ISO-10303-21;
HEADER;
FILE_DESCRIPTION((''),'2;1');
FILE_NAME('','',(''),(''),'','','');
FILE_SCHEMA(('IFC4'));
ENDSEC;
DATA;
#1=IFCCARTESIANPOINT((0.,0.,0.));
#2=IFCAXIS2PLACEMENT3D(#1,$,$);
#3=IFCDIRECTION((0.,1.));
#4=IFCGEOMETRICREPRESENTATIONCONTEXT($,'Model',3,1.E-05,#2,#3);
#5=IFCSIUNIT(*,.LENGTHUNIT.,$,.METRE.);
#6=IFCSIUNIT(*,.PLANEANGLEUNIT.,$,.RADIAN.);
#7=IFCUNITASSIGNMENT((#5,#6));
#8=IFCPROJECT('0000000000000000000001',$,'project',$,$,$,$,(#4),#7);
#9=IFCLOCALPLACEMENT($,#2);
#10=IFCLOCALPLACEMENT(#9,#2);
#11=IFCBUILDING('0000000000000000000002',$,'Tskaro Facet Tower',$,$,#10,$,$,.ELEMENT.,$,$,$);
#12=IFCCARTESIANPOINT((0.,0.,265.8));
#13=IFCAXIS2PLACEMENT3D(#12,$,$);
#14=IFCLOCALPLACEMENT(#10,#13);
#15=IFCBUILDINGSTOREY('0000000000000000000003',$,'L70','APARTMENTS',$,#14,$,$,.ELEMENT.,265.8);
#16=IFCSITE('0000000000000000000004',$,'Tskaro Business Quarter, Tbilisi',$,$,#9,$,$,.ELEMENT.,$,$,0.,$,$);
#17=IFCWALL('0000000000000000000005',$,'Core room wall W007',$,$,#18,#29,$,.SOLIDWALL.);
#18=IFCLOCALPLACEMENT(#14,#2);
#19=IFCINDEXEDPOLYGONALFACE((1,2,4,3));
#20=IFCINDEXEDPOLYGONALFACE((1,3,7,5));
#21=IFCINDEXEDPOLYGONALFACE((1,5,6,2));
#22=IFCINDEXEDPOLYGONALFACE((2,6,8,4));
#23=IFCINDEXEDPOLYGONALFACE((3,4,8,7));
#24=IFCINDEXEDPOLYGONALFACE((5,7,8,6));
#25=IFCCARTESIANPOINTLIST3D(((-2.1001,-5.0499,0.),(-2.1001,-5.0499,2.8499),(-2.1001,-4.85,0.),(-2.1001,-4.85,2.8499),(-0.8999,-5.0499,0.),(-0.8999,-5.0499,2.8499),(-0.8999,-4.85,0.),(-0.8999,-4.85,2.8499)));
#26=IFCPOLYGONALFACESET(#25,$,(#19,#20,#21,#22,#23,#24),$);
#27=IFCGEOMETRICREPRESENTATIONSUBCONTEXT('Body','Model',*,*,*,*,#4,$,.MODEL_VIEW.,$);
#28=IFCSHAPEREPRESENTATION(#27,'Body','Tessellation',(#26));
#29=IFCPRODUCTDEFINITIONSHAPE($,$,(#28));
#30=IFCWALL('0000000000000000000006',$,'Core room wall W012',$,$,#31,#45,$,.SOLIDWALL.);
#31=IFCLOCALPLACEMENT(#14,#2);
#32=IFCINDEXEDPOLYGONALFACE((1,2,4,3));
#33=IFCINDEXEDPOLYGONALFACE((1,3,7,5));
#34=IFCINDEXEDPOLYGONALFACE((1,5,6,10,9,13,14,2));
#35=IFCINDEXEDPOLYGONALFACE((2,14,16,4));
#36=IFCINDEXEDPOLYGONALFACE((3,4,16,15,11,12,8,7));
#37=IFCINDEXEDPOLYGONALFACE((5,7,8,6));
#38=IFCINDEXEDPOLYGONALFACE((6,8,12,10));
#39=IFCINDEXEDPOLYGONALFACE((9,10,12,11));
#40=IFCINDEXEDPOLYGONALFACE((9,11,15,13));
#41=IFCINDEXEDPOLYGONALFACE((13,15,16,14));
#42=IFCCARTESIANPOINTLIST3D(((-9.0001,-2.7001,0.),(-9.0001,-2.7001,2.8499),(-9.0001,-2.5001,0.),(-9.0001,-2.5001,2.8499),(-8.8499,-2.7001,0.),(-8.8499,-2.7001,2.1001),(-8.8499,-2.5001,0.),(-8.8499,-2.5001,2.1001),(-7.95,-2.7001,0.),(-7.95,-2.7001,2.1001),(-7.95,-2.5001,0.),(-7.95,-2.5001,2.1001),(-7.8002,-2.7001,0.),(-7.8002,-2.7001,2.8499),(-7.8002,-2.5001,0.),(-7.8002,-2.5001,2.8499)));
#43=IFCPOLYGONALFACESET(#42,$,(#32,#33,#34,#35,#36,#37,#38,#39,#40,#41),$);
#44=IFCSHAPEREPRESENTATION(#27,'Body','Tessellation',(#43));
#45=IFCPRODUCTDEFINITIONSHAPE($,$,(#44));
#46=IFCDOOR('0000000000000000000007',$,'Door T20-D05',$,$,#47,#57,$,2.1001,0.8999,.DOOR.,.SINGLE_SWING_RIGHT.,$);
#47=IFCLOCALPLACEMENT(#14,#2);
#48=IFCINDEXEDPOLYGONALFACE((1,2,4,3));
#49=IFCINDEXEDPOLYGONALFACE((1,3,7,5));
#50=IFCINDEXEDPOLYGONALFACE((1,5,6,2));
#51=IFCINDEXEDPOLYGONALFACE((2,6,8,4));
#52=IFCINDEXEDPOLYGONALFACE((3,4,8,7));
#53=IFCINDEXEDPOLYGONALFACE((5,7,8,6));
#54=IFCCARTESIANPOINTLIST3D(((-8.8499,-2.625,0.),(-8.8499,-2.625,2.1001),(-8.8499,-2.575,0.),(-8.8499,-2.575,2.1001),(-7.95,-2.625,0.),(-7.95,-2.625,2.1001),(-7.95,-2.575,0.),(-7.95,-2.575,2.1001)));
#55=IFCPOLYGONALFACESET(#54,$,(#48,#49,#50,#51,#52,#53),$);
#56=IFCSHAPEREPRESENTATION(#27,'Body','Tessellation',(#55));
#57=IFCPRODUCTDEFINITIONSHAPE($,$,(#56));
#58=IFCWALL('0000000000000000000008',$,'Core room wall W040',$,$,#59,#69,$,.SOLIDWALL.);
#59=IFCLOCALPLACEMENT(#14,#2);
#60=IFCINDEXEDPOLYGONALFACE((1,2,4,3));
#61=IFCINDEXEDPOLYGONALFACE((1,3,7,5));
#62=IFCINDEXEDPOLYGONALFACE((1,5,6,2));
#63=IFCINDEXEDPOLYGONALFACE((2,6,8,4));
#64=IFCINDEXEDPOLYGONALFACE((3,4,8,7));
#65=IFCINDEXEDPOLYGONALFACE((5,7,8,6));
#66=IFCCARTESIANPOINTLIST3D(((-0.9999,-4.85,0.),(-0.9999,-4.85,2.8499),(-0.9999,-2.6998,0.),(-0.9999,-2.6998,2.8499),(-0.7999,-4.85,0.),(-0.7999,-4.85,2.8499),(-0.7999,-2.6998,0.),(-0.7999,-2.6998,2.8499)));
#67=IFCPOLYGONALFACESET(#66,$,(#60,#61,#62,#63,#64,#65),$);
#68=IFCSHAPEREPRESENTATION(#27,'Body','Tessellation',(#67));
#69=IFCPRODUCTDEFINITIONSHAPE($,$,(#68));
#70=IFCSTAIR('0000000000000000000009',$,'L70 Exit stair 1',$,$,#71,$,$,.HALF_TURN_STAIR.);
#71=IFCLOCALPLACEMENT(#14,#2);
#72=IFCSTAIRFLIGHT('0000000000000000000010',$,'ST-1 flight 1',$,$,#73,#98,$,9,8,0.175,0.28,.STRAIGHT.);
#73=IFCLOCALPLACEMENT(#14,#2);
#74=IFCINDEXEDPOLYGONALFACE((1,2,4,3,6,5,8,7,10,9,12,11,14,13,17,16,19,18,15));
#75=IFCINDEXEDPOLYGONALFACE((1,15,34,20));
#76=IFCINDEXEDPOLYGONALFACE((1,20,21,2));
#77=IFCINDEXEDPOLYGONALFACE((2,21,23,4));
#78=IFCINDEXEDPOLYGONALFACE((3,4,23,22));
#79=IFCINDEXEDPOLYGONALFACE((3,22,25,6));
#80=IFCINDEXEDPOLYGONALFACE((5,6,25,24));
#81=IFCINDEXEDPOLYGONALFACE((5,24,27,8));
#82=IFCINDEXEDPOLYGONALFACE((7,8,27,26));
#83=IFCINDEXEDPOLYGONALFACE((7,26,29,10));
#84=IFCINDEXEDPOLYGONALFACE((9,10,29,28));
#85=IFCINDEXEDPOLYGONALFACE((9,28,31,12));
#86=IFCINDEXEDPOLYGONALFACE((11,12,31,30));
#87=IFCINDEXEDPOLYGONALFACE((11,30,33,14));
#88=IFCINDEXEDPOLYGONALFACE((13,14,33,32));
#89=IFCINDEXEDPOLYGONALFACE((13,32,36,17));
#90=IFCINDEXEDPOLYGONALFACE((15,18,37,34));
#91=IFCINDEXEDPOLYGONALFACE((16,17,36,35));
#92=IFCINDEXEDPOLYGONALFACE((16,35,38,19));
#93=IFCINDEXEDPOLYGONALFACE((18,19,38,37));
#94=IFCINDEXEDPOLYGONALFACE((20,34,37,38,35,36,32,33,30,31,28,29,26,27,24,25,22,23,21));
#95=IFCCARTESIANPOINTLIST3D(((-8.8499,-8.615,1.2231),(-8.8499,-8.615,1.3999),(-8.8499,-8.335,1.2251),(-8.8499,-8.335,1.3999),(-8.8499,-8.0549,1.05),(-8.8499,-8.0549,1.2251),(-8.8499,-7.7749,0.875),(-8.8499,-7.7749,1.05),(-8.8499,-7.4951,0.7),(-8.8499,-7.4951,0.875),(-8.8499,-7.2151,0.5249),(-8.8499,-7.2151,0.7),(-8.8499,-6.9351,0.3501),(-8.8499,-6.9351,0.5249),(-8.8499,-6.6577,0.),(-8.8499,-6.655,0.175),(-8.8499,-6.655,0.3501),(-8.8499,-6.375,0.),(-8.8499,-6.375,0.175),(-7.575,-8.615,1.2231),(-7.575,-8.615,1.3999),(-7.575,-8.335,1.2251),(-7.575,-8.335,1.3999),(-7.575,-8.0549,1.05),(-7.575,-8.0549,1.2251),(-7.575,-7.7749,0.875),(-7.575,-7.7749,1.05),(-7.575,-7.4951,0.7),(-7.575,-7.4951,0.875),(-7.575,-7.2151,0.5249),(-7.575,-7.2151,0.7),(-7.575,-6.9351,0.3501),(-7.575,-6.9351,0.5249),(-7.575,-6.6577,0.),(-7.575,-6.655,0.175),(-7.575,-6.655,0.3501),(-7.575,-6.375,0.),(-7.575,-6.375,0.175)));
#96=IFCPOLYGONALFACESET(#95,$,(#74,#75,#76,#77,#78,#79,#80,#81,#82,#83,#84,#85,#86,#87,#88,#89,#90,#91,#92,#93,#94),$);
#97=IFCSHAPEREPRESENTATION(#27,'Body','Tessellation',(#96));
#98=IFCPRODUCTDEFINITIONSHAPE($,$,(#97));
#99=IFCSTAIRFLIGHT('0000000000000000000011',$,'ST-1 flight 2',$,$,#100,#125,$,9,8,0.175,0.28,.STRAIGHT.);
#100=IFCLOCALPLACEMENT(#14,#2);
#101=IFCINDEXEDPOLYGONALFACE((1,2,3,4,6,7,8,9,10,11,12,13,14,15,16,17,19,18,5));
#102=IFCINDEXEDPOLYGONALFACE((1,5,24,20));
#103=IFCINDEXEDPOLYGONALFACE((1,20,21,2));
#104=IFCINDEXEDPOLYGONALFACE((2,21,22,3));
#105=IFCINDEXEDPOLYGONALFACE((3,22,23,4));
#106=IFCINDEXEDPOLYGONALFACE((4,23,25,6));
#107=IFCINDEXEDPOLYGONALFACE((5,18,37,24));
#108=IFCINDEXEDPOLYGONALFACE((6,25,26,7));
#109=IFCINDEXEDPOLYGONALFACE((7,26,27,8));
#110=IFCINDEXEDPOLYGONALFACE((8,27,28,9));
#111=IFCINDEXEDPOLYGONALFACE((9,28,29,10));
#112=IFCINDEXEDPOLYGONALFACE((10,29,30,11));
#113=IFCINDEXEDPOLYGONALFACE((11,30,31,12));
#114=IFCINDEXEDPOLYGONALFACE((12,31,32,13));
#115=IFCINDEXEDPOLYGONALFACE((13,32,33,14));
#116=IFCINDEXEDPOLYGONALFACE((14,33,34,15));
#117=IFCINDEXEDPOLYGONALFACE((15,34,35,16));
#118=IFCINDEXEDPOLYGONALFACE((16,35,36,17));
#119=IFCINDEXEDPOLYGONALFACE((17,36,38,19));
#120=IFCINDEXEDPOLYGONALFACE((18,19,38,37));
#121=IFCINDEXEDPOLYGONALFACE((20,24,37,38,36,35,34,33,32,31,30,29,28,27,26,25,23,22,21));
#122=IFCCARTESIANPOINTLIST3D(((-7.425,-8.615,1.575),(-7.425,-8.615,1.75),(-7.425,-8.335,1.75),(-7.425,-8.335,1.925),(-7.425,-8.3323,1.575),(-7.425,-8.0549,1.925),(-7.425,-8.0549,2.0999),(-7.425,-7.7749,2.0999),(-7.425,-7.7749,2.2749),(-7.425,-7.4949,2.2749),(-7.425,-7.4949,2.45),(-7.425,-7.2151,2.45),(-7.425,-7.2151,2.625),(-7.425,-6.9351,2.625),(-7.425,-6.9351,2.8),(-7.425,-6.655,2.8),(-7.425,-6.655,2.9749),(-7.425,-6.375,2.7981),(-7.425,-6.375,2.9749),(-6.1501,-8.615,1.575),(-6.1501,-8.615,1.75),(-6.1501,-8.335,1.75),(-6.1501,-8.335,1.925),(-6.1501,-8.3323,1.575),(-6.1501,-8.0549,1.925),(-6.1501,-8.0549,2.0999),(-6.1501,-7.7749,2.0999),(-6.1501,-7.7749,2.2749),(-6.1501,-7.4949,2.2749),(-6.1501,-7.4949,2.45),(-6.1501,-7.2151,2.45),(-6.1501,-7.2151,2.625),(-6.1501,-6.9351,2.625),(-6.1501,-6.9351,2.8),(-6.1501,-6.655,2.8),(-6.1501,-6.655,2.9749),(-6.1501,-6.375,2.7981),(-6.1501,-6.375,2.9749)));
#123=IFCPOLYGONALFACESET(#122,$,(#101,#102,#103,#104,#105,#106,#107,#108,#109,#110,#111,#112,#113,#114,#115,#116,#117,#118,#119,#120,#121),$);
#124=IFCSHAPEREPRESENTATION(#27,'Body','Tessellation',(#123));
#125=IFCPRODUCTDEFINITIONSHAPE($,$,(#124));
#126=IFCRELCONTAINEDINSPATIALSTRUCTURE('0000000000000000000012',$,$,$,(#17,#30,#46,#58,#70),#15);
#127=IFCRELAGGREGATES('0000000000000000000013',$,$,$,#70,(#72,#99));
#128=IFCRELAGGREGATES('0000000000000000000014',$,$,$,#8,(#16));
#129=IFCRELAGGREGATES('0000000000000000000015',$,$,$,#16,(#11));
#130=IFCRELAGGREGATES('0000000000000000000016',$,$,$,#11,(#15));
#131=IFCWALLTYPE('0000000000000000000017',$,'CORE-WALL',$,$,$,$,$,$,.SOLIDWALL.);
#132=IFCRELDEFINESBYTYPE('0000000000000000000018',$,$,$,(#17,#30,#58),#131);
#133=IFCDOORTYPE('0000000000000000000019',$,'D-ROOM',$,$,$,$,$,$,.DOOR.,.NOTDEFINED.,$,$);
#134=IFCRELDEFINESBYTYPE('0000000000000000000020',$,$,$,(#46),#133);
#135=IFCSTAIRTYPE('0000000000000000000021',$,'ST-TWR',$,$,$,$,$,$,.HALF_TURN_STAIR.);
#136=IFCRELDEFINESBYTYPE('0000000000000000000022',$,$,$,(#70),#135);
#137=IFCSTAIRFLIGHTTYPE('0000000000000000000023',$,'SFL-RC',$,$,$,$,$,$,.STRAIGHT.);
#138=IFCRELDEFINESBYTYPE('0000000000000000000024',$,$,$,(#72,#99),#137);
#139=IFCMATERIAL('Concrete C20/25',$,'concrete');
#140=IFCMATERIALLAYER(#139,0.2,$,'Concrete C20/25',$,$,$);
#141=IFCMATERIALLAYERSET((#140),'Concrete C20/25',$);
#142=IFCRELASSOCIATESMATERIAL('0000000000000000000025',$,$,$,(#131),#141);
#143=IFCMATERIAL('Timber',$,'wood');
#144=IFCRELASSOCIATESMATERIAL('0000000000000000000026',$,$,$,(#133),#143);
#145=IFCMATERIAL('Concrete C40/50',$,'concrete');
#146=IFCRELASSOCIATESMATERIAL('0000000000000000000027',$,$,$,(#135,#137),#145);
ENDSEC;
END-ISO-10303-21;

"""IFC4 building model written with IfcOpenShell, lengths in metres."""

from ifc_helpers import new_model, si_unit, direction, frame, frame_2d, origin, place, context, subcontext, project, spatial, polyline, rectangle, outline, extrude, material, layer, layer_set, type_object, element, fill, aggregate, save


model = new_model("IFC4")

# Units and contexts
model_context = context("Model", 3, precision=1e-05, world=origin(), true_north=direction((0.0, 1.0)))
body_context = subcontext(model_context, "Body", "Model", "MODEL_VIEW")
ifc_project = project(units=[si_unit("LENGTHUNIT", "METRE"), si_unit("PLANEANGLEUNIT", "RADIAN")], contexts=[model_context])

# Site, building, storey
site_placement = place(None, origin())
site = spatial("IfcSite", under=ifc_project, at=site_placement, Name="Tskaro Business Quarter, Tbilisi", CompositionType="ELEMENT", RefElevation=0.0)
building_placement = place(site_placement, origin())
building = spatial("IfcBuilding", under=site, at=building_placement, Name="Tskaro Facet Tower", CompositionType="ELEMENT")
storey_placement = place(building_placement, frame((0.0, 0.0, 265.8)))
storey = spatial("IfcBuildingStorey", under=building, at=storey_placement, Name="L70", Description="APARTMENTS", CompositionType="ELEMENT", Elevation=265.8)

# Wall
ifc_material_1 = material(Name="Concrete C20/25", Category="concrete")
ifc_layer_1 = layer(ifc_material_1, 0.2, Name="Concrete C20/25")
ifc_layer_set_1 = layer_set([ifc_layer_1], Name="Concrete C20/25")
wall_type_1 = type_object("IfcWallType", Name="CORE-WALL", PredefinedType="SOLIDWALL", material=ifc_layer_set_1)
wall_1_placement = place(storey_placement, frame((-2.1001, -4.95, 0.0), z_axis=(0.0, 0.0, 1.0), x_axis=(1.0, 0.0, 0.0)))
element("IfcWall", 1, at=wall_1_placement, inside=storey, type_object=wall_type_1, Name="Core room wall W007", PredefinedType="SOLIDWALL", context=body_context, shape_type="SweptSolid", body=[
    extrude(rectangle(XDim=1.2002, YDim=0.2, at=frame_2d((0.6001, 0.0))), origin(), (0.0, 0.0, 1.0), 2.8499),
])

# Wall, opening, door
wall_2_placement = place(storey_placement, frame((-7.8, -2.6001, 0.0), z_axis=(0.0, 0.0, 1.0), x_axis=(-1.0, 0.0, 0.0)))
wall_2 = element("IfcWall", 2, at=wall_2_placement, inside=storey, type_object=wall_type_1, Name="Core room wall W012", PredefinedType="SOLIDWALL", context=body_context, shape_type="SweptSolid", body=[
    extrude(rectangle(XDim=1.2, YDim=0.2, at=frame_2d((0.6001, 0.0))), origin(), (0.0, 0.0, 1.0), 2.8499),
])
opening_1_placement = place(wall_2_placement, frame((0.1499, 0.0, 0.0)))
opening_1 = element("IfcOpeningElement", 3, at=opening_1_placement, cuts=wall_2, PredefinedType="OPENING", context=body_context, shape_type="SweptSolid", body=[
    extrude(rectangle(XDim=0.8999, YDim=2.1001, at=frame_2d((0.45, 1.05))), frame((0.0, 0.1099, 0.0), z_axis=(0.0, -1.0, 0.0), x_axis=(1.0, 0.0, 0.0)), (0.0, 0.0, 1.0), 0.22),
])
ifc_material_2 = material(Name="Timber", Category="wood")
door_type_1 = type_object("IfcDoorType", Name="D-ROOM", OperationType="NOTDEFINED", PredefinedType="DOOR", material=ifc_material_2)
door_1_placement = place(opening_1_placement, origin())
door_1 = element("IfcDoor", 4, at=door_1_placement, inside=storey, type_object=door_type_1, Name="Door T20-D05", OperationType="SINGLE_SWING_RIGHT", OverallHeight=2.1001, OverallWidth=0.8999, PredefinedType="DOOR", context=body_context, shape_type="SweptSolid", body=[
    extrude(rectangle(XDim=0.8999, YDim=2.1001, at=frame_2d((0.45, 1.05))), frame((0.0, 0.0249, 0.0), z_axis=(0.0, -1.0, 0.0), x_axis=(1.0, 0.0, 0.0)), (0.0, 0.0, 1.0), 0.05),
])
fill(opening_1, door_1)

# Wall
wall_3_placement = place(storey_placement, frame((-0.8999, -4.8501, 0.0), z_axis=(0.0, 0.0, 1.0), x_axis=(0.0, 1.0, 0.0)))
element("IfcWall", 5, at=wall_3_placement, inside=storey, type_object=wall_type_1, Name="Core room wall W040", PredefinedType="SOLIDWALL", context=body_context, shape_type="SweptSolid", body=[
    extrude(rectangle(XDim=2.1501, YDim=0.2, at=frame_2d((1.0752, 0.0))), origin(), (0.0, 0.0, 1.0), 2.8499),
])

# Stair, stair flights
ifc_material_3 = material(Name="Concrete C40/50", Category="concrete")
stair_type = type_object("IfcStairType", Name="ST-TWR", PredefinedType="HALF_TURN_STAIR", material=ifc_material_3)
stair_placement = place(storey_placement, origin())
stair = element("IfcStair", 6, at=stair_placement, inside=storey, type_object=stair_type, Name="L70 Exit stair 1", PredefinedType="HALF_TURN_STAIR")
stair_flight_type = type_object("IfcStairFlightType", Name="SFL-RC", PredefinedType="STRAIGHT", material=ifc_material_3)
stair_flight_1_placement = place(storey_placement, frame((-8.2124, -6.375, 0.0), z_axis=(0.0, 0.0, 1.0), x_axis=(0.0, -1.0, 0.0)))
stair_flight_1 = element("IfcStairFlight", 7, at=stair_flight_1_placement, type_object=stair_flight_type, Name="ST-1 flight 1", NumberOfRisers=9, NumberOfTreads=8, PredefinedType="STRAIGHT", RiserHeight=0.175, TreadLength=0.28, context=body_context, shape_type="SweptSolid", body=[
    extrude(outline(polyline([(0.0, 0.0), (0.0, 0.175), (0.28, 0.175), (0.28, 0.3501), (0.5601, 0.3501), (0.5601, 0.5249), (0.8401, 0.5249), (0.8401, 0.7), (1.1201, 0.7), (1.1201, 0.875), (1.3999, 0.875), (1.3999, 1.05), (1.6799, 1.05), (1.6799, 1.2251), (1.96, 1.2251), (1.96, 1.3999), (2.24, 1.3999), (2.24, 1.575), (2.24, 1.2231), (0.2827, 0.0), (0.0, 0.0)])), frame((0.0, 0.6375, 0.0), z_axis=(0.0, -1.0, 0.0), x_axis=(1.0, 0.0, 0.0)), (0.0, 0.0, 1.0), 1.2749),
])
stair_flight_2_placement = place(storey_placement, frame((-6.7876, -8.615, 1.575), z_axis=(0.0, 0.0, 1.0), x_axis=(0.0, 1.0, 0.0)))
stair_flight_2 = element("IfcStairFlight", 8, at=stair_flight_2_placement, type_object=stair_flight_type, Name="ST-1 flight 2", NumberOfRisers=9, NumberOfTreads=8, PredefinedType="STRAIGHT", RiserHeight=0.175, TreadLength=0.28, context=body_context, shape_type="SweptSolid", body=[
    extrude(outline(polyline([(0.0, 0.0), (0.0, 0.175), (0.28, 0.175), (0.28, 0.3501), (0.5601, 0.3501), (0.5601, 0.5249), (0.8401, 0.5249), (0.8401, 0.7), (1.1201, 0.7), (1.1201, 0.875), (1.3999, 0.875), (1.3999, 1.05), (1.6799, 1.05), (1.6799, 1.2251), (1.96, 1.2251), (1.96, 1.3999), (2.24, 1.3999), (2.24, 1.575), (2.24, 1.2231), (0.2827, 0.0), (0.0, 0.0)])), frame((0.0, 0.6375, 0.0), z_axis=(0.0, -1.0, 0.0), x_axis=(1.0, 0.0, 0.0)), (0.0, 0.0, 1.0), 1.2749),
])
aggregate(stair, [stair_flight_1, stair_flight_2])

save(model, "model.ifc")
